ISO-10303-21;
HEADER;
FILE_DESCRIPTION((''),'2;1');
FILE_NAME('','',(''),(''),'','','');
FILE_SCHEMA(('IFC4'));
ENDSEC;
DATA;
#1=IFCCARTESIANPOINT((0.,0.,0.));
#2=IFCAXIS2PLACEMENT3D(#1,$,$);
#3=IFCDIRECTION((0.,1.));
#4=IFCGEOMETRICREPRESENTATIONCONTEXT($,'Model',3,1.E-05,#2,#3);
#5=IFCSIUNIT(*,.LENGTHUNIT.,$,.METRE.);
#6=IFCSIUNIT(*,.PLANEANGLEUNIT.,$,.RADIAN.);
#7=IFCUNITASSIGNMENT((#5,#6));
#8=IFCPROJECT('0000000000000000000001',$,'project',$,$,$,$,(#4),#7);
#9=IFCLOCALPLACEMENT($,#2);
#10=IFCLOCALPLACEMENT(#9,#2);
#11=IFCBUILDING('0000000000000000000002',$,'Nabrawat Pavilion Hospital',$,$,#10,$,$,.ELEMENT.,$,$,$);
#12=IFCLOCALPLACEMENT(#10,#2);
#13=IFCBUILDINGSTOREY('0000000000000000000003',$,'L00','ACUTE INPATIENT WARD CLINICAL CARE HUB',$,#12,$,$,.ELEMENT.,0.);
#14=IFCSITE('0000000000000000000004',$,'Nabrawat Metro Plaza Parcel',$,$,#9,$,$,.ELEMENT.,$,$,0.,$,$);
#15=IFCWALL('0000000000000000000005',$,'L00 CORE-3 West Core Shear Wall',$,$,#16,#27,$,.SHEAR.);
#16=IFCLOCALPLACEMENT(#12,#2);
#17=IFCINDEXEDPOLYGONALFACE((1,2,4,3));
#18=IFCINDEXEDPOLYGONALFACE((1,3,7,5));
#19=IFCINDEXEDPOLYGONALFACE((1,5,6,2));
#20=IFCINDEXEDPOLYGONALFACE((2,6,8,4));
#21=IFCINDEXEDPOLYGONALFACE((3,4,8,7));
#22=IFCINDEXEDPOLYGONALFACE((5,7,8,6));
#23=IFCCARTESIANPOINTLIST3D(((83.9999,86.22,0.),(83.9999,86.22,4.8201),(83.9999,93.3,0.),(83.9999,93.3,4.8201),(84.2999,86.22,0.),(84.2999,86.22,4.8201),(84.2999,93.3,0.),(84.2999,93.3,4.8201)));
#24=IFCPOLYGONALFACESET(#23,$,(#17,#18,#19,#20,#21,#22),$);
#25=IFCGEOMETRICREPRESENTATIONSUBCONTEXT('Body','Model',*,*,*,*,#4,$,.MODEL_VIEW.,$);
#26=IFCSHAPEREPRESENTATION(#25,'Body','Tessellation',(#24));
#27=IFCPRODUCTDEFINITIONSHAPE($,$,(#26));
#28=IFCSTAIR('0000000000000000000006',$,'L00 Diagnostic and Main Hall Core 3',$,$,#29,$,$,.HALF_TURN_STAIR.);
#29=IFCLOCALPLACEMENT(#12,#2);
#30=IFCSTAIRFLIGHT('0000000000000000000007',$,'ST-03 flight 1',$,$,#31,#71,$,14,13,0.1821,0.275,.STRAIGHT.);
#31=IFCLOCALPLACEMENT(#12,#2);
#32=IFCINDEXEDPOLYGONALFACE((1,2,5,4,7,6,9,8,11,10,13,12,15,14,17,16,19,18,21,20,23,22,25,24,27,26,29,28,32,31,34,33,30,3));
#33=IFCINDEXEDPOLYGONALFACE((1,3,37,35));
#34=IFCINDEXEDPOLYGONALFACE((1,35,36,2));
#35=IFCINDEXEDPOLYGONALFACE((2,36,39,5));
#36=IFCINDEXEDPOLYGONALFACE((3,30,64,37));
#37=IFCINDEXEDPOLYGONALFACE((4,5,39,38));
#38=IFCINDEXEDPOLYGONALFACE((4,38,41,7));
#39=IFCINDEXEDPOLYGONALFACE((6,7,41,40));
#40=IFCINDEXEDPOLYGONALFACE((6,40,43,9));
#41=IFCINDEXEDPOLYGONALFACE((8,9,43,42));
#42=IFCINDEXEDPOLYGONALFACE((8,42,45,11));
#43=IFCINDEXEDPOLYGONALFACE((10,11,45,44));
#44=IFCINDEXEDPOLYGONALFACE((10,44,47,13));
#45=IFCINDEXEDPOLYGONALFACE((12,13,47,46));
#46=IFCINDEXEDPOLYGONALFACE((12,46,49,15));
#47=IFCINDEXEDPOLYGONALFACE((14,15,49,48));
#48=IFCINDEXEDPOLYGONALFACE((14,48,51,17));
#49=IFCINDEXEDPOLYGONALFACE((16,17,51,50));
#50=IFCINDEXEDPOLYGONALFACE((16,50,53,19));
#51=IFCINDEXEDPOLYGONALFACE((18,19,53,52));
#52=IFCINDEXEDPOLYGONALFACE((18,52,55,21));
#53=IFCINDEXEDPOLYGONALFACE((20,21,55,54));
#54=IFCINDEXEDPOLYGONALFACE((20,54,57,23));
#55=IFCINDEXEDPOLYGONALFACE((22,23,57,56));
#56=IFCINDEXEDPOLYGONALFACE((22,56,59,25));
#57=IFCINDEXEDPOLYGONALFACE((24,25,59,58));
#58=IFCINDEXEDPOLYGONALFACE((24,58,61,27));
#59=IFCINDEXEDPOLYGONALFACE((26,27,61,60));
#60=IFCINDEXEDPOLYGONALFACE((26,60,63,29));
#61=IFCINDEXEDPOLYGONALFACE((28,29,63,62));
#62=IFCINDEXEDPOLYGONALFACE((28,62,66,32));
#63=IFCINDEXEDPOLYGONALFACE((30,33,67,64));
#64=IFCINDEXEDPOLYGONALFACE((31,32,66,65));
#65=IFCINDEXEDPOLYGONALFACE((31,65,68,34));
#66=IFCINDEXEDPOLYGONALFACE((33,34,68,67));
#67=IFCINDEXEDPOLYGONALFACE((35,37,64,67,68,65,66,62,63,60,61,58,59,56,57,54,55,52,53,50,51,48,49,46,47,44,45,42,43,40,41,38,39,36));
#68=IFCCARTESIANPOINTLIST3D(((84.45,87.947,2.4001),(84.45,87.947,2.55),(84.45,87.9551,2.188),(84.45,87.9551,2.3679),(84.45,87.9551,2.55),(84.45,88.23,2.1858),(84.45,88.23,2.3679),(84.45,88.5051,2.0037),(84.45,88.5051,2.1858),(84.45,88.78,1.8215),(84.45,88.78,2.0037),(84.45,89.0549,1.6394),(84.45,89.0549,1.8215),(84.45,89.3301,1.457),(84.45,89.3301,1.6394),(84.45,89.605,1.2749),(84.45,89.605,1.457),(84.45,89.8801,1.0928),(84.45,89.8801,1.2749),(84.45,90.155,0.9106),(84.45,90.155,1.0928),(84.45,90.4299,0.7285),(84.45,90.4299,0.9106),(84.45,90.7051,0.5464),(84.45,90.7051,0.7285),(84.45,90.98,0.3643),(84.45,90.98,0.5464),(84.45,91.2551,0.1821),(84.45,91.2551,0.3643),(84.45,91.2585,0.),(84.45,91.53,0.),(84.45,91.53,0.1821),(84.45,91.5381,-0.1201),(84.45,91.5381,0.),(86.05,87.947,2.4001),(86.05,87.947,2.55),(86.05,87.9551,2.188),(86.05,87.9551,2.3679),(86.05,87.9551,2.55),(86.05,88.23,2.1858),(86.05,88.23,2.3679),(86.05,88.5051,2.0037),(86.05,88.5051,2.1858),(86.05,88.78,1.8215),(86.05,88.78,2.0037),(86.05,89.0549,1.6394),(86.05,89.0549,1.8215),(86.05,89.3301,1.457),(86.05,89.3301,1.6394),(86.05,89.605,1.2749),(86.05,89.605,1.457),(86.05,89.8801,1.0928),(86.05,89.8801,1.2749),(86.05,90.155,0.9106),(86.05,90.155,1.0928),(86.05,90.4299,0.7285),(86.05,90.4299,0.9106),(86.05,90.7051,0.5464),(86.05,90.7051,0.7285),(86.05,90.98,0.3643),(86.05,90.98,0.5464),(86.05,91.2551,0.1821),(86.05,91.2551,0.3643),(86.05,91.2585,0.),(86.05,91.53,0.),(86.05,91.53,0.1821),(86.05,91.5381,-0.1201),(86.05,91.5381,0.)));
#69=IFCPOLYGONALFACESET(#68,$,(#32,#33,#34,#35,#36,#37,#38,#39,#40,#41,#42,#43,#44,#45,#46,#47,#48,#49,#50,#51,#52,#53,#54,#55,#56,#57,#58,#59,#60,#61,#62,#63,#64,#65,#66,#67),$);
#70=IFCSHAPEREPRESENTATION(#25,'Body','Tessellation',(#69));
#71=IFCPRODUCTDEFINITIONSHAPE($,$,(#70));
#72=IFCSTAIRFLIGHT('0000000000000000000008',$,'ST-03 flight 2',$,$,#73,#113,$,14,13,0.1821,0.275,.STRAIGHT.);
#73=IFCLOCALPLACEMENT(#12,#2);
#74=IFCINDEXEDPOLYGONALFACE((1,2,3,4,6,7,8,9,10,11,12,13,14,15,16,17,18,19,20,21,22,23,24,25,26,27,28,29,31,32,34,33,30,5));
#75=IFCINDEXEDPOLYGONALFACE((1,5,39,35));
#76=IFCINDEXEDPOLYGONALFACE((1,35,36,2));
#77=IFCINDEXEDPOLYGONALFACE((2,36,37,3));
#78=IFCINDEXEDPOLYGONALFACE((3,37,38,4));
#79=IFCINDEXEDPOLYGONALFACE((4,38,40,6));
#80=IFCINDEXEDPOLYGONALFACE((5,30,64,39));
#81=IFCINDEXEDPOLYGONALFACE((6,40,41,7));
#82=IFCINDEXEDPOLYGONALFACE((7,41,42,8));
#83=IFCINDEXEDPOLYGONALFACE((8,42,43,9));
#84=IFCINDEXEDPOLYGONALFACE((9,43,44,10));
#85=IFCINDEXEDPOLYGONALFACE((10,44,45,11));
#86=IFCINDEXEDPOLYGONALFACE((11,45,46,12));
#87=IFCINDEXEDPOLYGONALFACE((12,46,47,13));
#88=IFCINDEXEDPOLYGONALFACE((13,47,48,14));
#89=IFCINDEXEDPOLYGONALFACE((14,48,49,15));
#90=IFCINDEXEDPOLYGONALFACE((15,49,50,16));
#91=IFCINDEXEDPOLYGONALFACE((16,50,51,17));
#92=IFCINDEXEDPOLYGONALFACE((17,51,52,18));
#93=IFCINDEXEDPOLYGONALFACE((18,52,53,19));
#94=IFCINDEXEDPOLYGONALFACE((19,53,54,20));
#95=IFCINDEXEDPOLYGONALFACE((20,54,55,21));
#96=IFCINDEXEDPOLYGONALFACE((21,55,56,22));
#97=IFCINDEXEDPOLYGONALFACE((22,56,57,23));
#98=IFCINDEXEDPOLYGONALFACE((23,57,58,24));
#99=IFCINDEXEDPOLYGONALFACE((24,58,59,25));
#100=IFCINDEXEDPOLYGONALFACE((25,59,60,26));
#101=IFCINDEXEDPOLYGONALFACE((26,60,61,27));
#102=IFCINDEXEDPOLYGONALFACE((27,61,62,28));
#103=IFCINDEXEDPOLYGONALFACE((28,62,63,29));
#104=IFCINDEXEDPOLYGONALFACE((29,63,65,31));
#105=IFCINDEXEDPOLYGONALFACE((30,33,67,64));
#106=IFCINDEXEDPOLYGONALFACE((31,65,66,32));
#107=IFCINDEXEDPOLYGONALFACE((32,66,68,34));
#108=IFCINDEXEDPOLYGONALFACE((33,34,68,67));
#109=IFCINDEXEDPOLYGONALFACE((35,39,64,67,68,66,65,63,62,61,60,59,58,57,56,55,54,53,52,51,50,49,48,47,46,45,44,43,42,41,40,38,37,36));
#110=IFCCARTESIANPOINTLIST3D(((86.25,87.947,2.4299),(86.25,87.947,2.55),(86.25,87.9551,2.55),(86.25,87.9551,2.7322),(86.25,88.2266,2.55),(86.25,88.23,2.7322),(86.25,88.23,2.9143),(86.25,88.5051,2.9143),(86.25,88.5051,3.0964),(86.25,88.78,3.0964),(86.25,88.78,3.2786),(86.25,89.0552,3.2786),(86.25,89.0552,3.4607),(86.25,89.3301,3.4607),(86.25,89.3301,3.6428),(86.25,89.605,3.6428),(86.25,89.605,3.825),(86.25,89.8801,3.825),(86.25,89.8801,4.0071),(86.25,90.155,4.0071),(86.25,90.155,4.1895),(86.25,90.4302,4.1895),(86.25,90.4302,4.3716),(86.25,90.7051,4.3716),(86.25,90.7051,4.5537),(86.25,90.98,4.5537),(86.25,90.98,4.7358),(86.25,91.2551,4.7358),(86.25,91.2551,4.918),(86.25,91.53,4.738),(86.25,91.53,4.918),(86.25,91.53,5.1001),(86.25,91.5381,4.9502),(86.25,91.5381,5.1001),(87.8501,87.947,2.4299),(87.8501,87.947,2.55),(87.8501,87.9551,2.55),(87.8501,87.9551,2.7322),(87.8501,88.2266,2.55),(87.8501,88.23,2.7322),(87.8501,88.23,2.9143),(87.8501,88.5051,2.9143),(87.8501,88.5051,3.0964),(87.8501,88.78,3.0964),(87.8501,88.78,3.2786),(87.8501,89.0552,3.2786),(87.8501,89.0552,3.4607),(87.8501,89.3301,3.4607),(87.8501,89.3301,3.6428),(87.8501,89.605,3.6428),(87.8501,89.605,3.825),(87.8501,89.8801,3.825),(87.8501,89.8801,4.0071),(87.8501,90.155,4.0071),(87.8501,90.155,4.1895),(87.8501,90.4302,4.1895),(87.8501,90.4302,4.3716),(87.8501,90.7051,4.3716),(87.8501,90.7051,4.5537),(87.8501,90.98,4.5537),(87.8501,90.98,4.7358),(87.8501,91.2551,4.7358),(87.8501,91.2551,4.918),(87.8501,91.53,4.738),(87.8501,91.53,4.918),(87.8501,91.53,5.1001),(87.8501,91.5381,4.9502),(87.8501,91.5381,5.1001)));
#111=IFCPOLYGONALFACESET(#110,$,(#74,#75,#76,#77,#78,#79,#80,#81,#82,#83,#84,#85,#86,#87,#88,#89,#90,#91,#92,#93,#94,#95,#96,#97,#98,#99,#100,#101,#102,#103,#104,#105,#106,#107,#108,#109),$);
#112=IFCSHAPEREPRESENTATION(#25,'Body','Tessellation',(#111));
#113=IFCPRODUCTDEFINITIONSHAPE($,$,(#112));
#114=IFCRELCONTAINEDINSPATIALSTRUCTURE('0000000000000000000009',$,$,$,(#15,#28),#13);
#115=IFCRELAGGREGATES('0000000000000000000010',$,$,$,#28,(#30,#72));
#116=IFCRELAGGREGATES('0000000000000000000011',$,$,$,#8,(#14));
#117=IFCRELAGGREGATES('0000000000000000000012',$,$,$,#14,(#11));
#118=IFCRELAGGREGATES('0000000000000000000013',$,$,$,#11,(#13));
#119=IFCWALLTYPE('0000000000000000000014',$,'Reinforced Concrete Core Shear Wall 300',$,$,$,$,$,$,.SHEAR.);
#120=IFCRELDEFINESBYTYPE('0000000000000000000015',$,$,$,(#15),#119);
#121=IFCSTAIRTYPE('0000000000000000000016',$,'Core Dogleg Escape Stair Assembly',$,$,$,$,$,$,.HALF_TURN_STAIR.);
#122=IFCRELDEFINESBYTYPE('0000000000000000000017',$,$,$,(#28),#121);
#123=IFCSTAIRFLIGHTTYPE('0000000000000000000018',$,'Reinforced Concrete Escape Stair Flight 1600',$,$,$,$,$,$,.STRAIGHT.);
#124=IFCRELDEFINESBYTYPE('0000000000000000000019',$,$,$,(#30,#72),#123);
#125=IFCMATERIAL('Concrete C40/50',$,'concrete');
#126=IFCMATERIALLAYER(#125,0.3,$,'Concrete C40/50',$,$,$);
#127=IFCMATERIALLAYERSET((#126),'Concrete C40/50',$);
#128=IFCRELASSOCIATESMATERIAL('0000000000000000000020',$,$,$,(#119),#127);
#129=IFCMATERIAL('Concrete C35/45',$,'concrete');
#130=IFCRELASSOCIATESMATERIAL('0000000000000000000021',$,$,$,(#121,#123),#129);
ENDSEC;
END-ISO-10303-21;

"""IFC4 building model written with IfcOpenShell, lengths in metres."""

from ifc_helpers import new_model, si_unit, direction, frame, frame_2d, origin, place, context, subcontext, project, spatial, polyline, rectangle, outline, extrude, material, layer, layer_set, type_object, element, aggregate, save


model = new_model("IFC4")

# Units and contexts
model_context = context("Model", 3, precision=1e-05, world=origin(), true_north=direction((0.0, 1.0)))
body_context = subcontext(model_context, "Body", "Model", "MODEL_VIEW")
ifc_project = project(units=[si_unit("LENGTHUNIT", "METRE"), si_unit("PLANEANGLEUNIT", "RADIAN")], contexts=[model_context])

# Site, building, storey
site_placement = place(None, origin())
site = spatial("IfcSite", under=ifc_project, at=site_placement, Name="Nabrawat Metro Plaza Parcel", CompositionType="ELEMENT", RefElevation=0.0)
building_placement = place(site_placement, origin())
building = spatial("IfcBuilding", under=site, at=building_placement, Name="Nabrawat Pavilion Hospital", CompositionType="ELEMENT")
storey_placement = place(building_placement, origin())
storey = spatial("IfcBuildingStorey", under=building, at=storey_placement, Name="L00", Description="ACUTE INPATIENT WARD CLINICAL CARE HUB", CompositionType="ELEMENT", Elevation=0.0)

# Shared definitions
ifc_material_1 = material(Name="Concrete C40/50", Category="concrete")
ifc_layer_1 = layer(ifc_material_1, 0.3, Name="Concrete C40/50")
ifc_layer_set_1 = layer_set([ifc_layer_1], Name="Concrete C40/50")
wall_type_1 = type_object("IfcWallType", Name="Reinforced Concrete Core Shear Wall 300", PredefinedType="SHEAR", material=ifc_layer_set_1)

# Wall
wall_1_placement = place(storey_placement, frame((84.1499, 86.22, 0.0), z_axis=(0.0, 0.0, 1.0), x_axis=(0.0, 1.0, 0.0)))
element("IfcWall", 1, at=wall_1_placement, inside=storey, type_object=wall_type_1, Name="L00 CORE-3 West Core Shear Wall", PredefinedType="SHEAR", context=body_context, shape_type="SweptSolid", body=[
    extrude(rectangle(XDim=7.0801, YDim=0.3, at=frame_2d((3.54, 0.0))), origin(), (0.0, 0.0, 1.0), 4.8201),
])

# Stair, stair flights
ifc_material_2 = material(Name="Concrete C35/45", Category="concrete")
stair_type = type_object("IfcStairType", Name="Core Dogleg Escape Stair Assembly", PredefinedType="HALF_TURN_STAIR", material=ifc_material_2)
stair_placement = place(storey_placement, origin())
stair = element("IfcStair", 2, at=stair_placement, inside=storey, type_object=stair_type, Name="L00 Diagnostic and Main Hall Core 3", PredefinedType="HALF_TURN_STAIR")
stair_flight_type = type_object("IfcStairFlightType", Name="Reinforced Concrete Escape Stair Flight 1600", PredefinedType="STRAIGHT", material=ifc_material_2)
stair_flight_1_placement = place(storey_placement, frame((85.25, 91.53, 0.0), z_axis=(0.0, 0.0, 1.0), x_axis=(0.0, -1.0, 0.0)))
stair_flight_1 = element("IfcStairFlight", 3, at=stair_flight_1_placement, type_object=stair_flight_type, Name="ST-03 flight 1", NumberOfRisers=14, NumberOfTreads=13, PredefinedType="STRAIGHT", RiserHeight=0.1821, TreadLength=0.275, context=body_context, shape_type="SweptSolid", body=[
    extrude(outline(polyline([(-0.0081, 0.0), (0.0, 0.0), (0.0, 0.1821), (0.2749, 0.1821), (0.2749, 0.3643), (0.55, 0.3643), (0.55, 0.5464), (0.825, 0.5464), (0.825, 0.7285), (1.1001, 0.7285), (1.1001, 0.9106), (1.375, 0.9106), (1.375, 1.0928), (1.6499, 1.0928), (1.6499, 1.2749), (1.925, 1.2749), (1.925, 1.457), (2.2, 1.457), (2.2, 1.6394), (2.4751, 1.6394), (2.4751, 1.8215), (2.75, 1.8215), (2.75, 2.0037), (3.0249, 2.0037), (3.0249, 2.1858), (3.3, 2.1858), (3.3, 2.3679), (3.575, 2.3679), (3.575, 2.55), (3.583, 2.55), (3.583, 2.4001), (3.575, 2.188), (0.2715, 0.0), (-0.0081, -0.1201), (-0.0081, 0.0)])), frame((0.0, 0.8, 0.0), z_axis=(0.0, -1.0, 0.0), x_axis=(1.0, 0.0, 0.0)), (0.0, 0.0, 1.0), 1.6001),
])
stair_flight_2_placement = place(storey_placement, frame((87.05, 87.9551, 2.55), z_axis=(0.0, 0.0, 1.0), x_axis=(0.0, 1.0, 0.0)))
stair_flight_2 = element("IfcStairFlight", 4, at=stair_flight_2_placement, type_object=stair_flight_type, Name="ST-03 flight 2", NumberOfRisers=14, NumberOfTreads=13, PredefinedType="STRAIGHT", RiserHeight=0.1821, TreadLength=0.275, context=body_context, shape_type="SweptSolid", body=[
    extrude(outline(polyline([(-0.0081, 0.0), (0.0, 0.0), (0.0, 0.1821), (0.2749, 0.1821), (0.2749, 0.3643), (0.55, 0.3643), (0.55, 0.5464), (0.825, 0.5464), (0.825, 0.7285), (1.1001, 0.7285), (1.1001, 0.9106), (1.375, 0.9106), (1.375, 1.0928), (1.6499, 1.0928), (1.6499, 1.2749), (1.925, 1.2749), (1.925, 1.457), (2.2, 1.457), (2.2, 1.6394), (2.4751, 1.6394), (2.4751, 1.8215), (2.75, 1.8215), (2.75, 2.0037), (3.0249, 2.0037), (3.0249, 2.1858), (3.3, 2.1858), (3.3, 2.3679), (3.575, 2.3679), (3.575, 2.55), (3.583, 2.55), (3.583, 2.4001), (3.575, 2.188), (0.2715, 0.0), (-0.0081, -0.1201), (-0.0081, 0.0)])), frame((0.0, 0.8, 0.0), z_axis=(0.0, -1.0, 0.0), x_axis=(1.0, 0.0, 0.0)), (0.0, 0.0, 1.0), 1.6001),
])
aggregate(stair, [stair_flight_1, stair_flight_2])

save(model, "model.ifc")
